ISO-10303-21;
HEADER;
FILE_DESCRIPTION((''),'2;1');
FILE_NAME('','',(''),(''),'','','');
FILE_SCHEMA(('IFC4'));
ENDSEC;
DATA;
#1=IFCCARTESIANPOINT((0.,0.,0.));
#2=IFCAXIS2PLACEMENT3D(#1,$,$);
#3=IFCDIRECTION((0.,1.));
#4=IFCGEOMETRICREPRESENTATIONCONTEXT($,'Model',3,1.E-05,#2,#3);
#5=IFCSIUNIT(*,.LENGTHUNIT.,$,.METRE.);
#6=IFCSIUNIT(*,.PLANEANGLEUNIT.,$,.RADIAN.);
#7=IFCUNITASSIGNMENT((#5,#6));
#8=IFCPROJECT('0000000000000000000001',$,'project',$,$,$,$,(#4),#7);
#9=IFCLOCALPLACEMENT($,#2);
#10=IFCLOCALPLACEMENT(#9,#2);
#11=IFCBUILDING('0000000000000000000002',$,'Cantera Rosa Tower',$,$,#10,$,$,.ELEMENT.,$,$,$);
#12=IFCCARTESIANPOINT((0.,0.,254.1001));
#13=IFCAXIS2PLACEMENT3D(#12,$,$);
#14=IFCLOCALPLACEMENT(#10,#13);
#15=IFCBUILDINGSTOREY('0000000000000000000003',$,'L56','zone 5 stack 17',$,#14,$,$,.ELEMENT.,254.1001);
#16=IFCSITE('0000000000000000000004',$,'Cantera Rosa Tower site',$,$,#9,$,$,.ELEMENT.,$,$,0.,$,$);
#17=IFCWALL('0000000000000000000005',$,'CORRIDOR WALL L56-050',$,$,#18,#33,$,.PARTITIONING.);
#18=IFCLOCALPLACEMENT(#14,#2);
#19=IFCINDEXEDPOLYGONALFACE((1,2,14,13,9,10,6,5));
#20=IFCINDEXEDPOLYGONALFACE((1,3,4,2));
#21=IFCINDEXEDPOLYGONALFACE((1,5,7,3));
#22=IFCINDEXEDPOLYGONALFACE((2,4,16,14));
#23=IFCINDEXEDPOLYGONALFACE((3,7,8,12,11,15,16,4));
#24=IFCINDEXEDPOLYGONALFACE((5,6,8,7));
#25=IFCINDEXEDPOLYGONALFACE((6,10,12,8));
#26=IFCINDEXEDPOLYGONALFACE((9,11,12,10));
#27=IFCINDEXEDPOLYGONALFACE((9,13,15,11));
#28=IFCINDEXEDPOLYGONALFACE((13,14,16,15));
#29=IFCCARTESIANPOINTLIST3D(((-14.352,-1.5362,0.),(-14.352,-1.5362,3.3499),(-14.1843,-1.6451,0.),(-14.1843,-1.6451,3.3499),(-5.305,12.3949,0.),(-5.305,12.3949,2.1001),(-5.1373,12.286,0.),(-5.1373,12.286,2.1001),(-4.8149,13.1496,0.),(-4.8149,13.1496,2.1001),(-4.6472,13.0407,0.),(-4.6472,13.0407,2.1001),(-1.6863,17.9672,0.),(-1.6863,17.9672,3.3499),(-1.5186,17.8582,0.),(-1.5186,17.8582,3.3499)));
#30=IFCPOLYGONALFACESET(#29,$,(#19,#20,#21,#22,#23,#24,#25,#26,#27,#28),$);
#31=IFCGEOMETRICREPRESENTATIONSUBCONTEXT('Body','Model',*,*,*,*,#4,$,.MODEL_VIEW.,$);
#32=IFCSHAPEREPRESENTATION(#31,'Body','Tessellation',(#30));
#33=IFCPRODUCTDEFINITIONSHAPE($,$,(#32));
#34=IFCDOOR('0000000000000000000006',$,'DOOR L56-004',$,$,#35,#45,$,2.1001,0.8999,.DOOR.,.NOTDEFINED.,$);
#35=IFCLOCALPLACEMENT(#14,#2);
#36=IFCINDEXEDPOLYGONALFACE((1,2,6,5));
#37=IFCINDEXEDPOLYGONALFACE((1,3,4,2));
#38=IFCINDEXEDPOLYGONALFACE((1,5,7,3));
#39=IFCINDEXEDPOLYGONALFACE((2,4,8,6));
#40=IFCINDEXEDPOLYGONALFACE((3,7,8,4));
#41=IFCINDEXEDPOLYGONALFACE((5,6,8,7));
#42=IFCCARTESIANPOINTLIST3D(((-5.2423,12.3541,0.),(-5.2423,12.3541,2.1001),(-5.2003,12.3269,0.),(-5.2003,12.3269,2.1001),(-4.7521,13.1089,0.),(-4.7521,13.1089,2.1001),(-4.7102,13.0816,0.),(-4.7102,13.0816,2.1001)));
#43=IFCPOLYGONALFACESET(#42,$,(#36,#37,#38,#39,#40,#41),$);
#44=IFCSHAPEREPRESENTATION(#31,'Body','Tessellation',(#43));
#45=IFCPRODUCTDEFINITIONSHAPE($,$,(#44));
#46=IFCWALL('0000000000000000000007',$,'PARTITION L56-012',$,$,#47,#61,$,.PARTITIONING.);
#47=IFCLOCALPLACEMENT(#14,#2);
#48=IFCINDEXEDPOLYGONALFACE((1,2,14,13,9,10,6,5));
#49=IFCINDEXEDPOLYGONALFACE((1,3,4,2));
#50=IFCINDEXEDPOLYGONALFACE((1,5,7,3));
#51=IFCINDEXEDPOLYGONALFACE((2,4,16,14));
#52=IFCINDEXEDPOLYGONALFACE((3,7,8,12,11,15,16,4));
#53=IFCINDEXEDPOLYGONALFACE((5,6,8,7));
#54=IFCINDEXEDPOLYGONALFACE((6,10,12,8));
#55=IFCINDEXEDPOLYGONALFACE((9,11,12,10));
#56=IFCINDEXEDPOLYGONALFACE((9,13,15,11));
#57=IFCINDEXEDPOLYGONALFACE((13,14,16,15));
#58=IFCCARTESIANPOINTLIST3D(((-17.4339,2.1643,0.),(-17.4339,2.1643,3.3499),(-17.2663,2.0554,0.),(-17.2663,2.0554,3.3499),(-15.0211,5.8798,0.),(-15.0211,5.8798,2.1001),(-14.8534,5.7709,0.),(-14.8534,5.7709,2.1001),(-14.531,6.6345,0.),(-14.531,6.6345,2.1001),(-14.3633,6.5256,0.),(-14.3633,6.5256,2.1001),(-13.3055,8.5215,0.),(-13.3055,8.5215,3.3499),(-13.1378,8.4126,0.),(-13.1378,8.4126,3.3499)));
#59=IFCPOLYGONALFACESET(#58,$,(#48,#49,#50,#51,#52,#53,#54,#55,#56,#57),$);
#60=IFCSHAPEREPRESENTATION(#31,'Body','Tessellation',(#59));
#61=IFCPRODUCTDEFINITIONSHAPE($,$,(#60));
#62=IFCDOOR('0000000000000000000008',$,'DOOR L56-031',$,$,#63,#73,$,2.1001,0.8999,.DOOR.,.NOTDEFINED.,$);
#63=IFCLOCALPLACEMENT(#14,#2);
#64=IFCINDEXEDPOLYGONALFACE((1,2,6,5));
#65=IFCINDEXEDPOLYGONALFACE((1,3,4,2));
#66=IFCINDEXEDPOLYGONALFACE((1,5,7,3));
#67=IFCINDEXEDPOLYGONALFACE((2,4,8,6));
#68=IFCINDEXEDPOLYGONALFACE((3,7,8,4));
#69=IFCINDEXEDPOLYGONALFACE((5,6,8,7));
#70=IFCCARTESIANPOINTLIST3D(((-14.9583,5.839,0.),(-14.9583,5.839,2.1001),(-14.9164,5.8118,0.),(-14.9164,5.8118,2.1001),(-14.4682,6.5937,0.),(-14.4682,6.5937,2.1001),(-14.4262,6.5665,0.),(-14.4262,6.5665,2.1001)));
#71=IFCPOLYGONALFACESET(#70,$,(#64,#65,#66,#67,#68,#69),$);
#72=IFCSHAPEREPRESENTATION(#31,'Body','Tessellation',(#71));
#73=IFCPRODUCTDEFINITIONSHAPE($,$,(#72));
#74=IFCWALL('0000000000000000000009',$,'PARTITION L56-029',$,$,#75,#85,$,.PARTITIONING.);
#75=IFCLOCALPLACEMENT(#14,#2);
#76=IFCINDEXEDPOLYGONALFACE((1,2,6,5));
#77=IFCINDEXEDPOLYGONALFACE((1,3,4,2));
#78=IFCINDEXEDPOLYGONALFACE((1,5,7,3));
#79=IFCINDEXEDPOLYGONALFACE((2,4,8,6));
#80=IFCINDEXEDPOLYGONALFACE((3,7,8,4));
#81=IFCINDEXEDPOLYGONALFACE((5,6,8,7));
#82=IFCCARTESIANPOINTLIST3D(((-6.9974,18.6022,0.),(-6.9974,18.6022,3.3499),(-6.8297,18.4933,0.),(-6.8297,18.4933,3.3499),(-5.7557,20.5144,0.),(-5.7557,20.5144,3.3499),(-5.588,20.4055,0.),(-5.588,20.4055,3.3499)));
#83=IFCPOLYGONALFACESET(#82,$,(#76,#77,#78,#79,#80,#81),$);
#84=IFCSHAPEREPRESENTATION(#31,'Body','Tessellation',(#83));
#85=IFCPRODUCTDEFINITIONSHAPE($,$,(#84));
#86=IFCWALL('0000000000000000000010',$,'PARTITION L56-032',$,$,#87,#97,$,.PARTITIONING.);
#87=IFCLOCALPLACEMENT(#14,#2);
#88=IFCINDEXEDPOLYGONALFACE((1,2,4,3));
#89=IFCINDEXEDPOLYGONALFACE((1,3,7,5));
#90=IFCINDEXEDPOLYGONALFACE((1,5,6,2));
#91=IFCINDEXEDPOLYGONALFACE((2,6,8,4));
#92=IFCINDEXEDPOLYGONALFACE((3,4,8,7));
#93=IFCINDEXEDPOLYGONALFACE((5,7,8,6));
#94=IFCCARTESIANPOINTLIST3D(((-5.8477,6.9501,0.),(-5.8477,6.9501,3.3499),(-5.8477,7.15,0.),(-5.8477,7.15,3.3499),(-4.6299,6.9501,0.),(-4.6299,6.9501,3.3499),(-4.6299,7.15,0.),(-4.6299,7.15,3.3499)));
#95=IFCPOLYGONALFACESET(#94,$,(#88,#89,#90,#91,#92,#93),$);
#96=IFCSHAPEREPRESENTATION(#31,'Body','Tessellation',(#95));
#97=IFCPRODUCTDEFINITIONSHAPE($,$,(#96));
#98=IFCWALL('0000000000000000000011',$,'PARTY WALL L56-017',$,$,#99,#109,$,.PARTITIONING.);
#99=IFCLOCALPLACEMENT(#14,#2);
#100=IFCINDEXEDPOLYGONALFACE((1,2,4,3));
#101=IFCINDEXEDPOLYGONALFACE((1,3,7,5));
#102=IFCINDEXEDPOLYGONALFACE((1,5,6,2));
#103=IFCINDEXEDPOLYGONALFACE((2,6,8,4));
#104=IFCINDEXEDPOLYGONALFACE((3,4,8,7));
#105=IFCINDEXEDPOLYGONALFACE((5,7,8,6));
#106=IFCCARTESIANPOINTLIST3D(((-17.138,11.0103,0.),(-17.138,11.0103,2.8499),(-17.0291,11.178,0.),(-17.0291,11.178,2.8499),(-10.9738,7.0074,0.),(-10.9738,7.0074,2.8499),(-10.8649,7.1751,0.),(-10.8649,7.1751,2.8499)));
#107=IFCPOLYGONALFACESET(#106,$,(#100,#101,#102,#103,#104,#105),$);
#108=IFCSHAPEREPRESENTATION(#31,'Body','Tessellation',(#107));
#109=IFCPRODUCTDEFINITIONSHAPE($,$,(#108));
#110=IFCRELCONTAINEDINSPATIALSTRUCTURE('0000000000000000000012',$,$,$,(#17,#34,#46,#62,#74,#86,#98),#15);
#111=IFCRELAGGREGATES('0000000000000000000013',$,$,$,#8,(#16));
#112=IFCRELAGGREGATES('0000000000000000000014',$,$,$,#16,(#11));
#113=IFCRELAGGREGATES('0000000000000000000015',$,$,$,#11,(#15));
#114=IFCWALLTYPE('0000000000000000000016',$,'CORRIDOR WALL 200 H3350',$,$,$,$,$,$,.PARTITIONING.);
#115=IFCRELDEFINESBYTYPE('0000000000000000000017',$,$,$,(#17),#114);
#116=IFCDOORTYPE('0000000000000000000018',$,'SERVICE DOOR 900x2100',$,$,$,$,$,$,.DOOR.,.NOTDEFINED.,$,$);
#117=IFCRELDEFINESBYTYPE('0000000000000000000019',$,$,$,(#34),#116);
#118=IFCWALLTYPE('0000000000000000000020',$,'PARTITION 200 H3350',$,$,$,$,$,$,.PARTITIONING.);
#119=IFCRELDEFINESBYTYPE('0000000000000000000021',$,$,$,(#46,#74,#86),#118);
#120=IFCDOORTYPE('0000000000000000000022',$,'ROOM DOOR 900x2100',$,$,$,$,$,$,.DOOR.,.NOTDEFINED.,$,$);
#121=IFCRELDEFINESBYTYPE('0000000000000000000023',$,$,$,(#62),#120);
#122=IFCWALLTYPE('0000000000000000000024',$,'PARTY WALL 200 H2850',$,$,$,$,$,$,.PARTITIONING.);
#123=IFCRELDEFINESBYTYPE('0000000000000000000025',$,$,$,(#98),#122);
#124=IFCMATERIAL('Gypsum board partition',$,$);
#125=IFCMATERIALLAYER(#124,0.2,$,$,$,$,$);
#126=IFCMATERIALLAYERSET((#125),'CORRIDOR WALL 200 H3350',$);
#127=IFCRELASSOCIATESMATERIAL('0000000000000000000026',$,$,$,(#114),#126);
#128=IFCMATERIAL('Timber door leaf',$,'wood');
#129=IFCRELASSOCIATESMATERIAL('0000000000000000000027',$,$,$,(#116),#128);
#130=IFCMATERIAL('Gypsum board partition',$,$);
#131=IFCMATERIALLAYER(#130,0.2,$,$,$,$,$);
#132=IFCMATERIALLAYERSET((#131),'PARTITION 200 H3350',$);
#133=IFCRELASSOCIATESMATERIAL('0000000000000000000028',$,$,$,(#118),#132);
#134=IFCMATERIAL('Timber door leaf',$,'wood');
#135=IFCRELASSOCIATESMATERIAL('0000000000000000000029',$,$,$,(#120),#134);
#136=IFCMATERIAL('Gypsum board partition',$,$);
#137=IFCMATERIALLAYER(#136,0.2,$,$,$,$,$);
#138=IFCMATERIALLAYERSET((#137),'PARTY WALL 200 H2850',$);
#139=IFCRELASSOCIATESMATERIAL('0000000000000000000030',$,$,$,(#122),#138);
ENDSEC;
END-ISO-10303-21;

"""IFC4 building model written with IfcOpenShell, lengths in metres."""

from ifc_helpers import new_model, si_unit, direction, frame, frame_2d, origin, place, context, subcontext, project, spatial, rectangle, extrude, material, layer, layer_set, type_object, element, fill, save


model = new_model("IFC4")

# Units and contexts
model_context = context("Model", 3, precision=1e-05, world=origin(), true_north=direction((0.0, 1.0)))
body_context = subcontext(model_context, "Body", "Model", "MODEL_VIEW")
ifc_project = project(units=[si_unit("LENGTHUNIT", "METRE"), si_unit("PLANEANGLEUNIT", "RADIAN")], contexts=[model_context])

# Site, building, storey
site_placement = place(None, origin())
site = spatial("IfcSite", under=ifc_project, at=site_placement, Name="Cantera Rosa Tower site", CompositionType="ELEMENT", RefElevation=0.0)
building_placement = place(site_placement, origin())
building = spatial("IfcBuilding", under=site, at=building_placement, Name="Cantera Rosa Tower", CompositionType="ELEMENT")
storey_placement = place(building_placement, frame((0.0, 0.0, 254.1001)))
storey = spatial("IfcBuildingStorey", under=building, at=storey_placement, Name="L56", Description="zone 5 stack 17", CompositionType="ELEMENT", Elevation=254.1001)

# Shared definitions
ifc_material_1 = material(Name="Gypsum board partition")
ifc_layer_1 = layer(ifc_material_1, 0.2)
ifc_layer_set_1 = layer_set([ifc_layer_1], Name="CORRIDOR WALL 200 H3350")
wall_type_1 = type_object("IfcWallType", Name="CORRIDOR WALL 200 H3350", PredefinedType="PARTITIONING", material=ifc_layer_set_1)

# Walls, openings, doors
wall_1_placement = place(storey_placement, frame((-1.6025, 17.9126, 0.0), z_axis=(0.0, 0.0, 1.0), x_axis=(-0.544642, -0.838669, 0.0)))
wall_1 = element("IfcWall", 1, at=wall_1_placement, inside=storey, type_object=wall_type_1, Name="CORRIDOR WALL L56-050", PredefinedType="PARTITIONING", context=body_context, shape_type="SweptSolid", body=[
    extrude(rectangle(XDim=23.2551, YDim=0.2, at=frame_2d((11.6274, 0.0))), origin(), (0.0, 0.0, 1.0), 3.3499),
])
opening_1_placement = place(wall_1_placement, frame((5.7441, 0.0, 0.0)))
opening_1 = element("IfcOpeningElement", 2, at=opening_1_placement, cuts=wall_1, PredefinedType="OPENING", context=body_context, shape_type="SweptSolid", body=[
    extrude(rectangle(XDim=0.8999, YDim=2.1001, at=frame_2d((0.45, 1.05))), frame((0.0, 0.1099, 0.0), z_axis=(0.0, -1.0, 0.0), x_axis=(1.0, 0.0, 0.0)), (0.0, 0.0, 1.0), 0.22),
])
ifc_material_2 = material(Name="Timber door leaf", Category="wood")
door_type_1 = type_object("IfcDoorType", Name="SERVICE DOOR 900x2100", OperationType="NOTDEFINED", PredefinedType="DOOR", material=ifc_material_2)
door_1_placement = place(opening_1_placement, origin())
door_1 = element("IfcDoor", 3, at=door_1_placement, inside=storey, type_object=door_type_1, Name="DOOR L56-004", OperationType="NOTDEFINED", OverallHeight=2.1001, OverallWidth=0.8999, PredefinedType="DOOR", context=body_context, shape_type="SweptSolid", body=[
    extrude(rectangle(XDim=0.8999, YDim=2.1001, at=frame_2d((0.45, 1.05))), frame((0.0, 0.0249, 0.0), z_axis=(0.0, -1.0, 0.0), x_axis=(1.0, 0.0, 0.0)), (0.0, 0.0, 1.0), 0.05),
])
fill(opening_1, door_1)
ifc_material_3 = material(Name="Gypsum board partition")
ifc_layer_2 = layer(ifc_material_3, 0.2)
ifc_layer_set_2 = layer_set([ifc_layer_2], Name="PARTITION 200 H3350")
wall_type_2 = type_object("IfcWallType", Name="PARTITION 200 H3350", PredefinedType="PARTITIONING", material=ifc_layer_set_2)
wall_2_placement = place(storey_placement, frame((-13.2217, 8.467, 0.0), z_axis=(0.0, 0.0, 1.0), x_axis=(-0.544641, -0.838669, 0.0)))
wall_2 = element("IfcWall", 4, at=wall_2_placement, inside=storey, type_object=wall_type_2, Name="PARTITION L56-012", PredefinedType="PARTITIONING", context=body_context, shape_type="SweptSolid", body=[
    extrude(rectangle(XDim=7.5801, YDim=0.2, at=frame_2d((3.79, 0.0))), origin(), (0.0, 0.0, 1.0), 3.3499),
])
opening_2_placement = place(wall_2_placement, frame((2.25, 0.0, 0.0)))
opening_2 = element("IfcOpeningElement", 5, at=opening_2_placement, cuts=wall_2, PredefinedType="OPENING", context=body_context, shape_type="SweptSolid", body=[
    extrude(rectangle(XDim=0.8999, YDim=2.1001, at=frame_2d((0.45, 1.05))), frame((0.0, 0.1099, 0.0), z_axis=(0.0, -1.0, 0.0), x_axis=(1.0, 0.0, 0.0)), (0.0, 0.0, 1.0), 0.22),
])
ifc_material_4 = material(Name="Timber door leaf", Category="wood")
door_type_2 = type_object("IfcDoorType", Name="ROOM DOOR 900x2100", OperationType="NOTDEFINED", PredefinedType="DOOR", material=ifc_material_4)
door_2_placement = place(opening_2_placement, origin())
door_2 = element("IfcDoor", 6, at=door_2_placement, inside=storey, type_object=door_type_2, Name="DOOR L56-031", OperationType="NOTDEFINED", OverallHeight=2.1001, OverallWidth=0.8999, PredefinedType="DOOR", context=body_context, shape_type="SweptSolid", body=[
    extrude(rectangle(XDim=0.8999, YDim=2.1001, at=frame_2d((0.45, 1.05))), frame((0.0, 0.0249, 0.0), z_axis=(0.0, -1.0, 0.0), x_axis=(1.0, 0.0, 0.0)), (0.0, 0.0, 1.0), 0.05),
])
fill(opening_2, door_2)

# Walls
wall_3_placement = place(storey_placement, frame((-6.9136, 18.5476, 0.0), z_axis=(0.0, 0.0, 1.0), x_axis=(0.544578, 0.83871, 0.0)))
element("IfcWall", 7, at=wall_3_placement, inside=storey, type_object=wall_type_2, Name="PARTITION L56-029", PredefinedType="PARTITIONING", context=body_context, shape_type="SweptSolid", body=[
    extrude(rectangle(XDim=2.28, YDim=0.2, at=frame_2d((1.1401, 0.0))), origin(), (0.0, 0.0, 1.0), 3.3499),
])
wall_4_placement = place(storey_placement, frame((-5.8477, 7.05, 0.0), z_axis=(0.0, 0.0, 1.0), x_axis=(1.0, 0.0, 0.0)))
element("IfcWall", 8, at=wall_4_placement, inside=storey, type_object=wall_type_2, Name="PARTITION L56-032", PredefinedType="PARTITIONING", context=body_context, shape_type="SweptSolid", body=[
    extrude(rectangle(XDim=1.2178, YDim=0.2, at=frame_2d((0.6089, 0.0))), origin(), (0.0, 0.0, 1.0), 3.3499),
])
ifc_material_5 = material(Name="Gypsum board partition")
ifc_layer_3 = layer(ifc_material_5, 0.2)
ifc_layer_set_3 = layer_set([ifc_layer_3], Name="PARTY WALL 200 H2850")
wall_type_3 = type_object("IfcWallType", Name="PARTY WALL 200 H2850", PredefinedType="PARTITIONING", material=ifc_layer_set_3)
wall_5_placement = place(storey_placement, frame((-10.9194, 7.0913, 0.0), z_axis=(0.0, 0.0, 1.0), x_axis=(-0.838684, 0.544618, 0.0)))
element("IfcWall", 9, at=wall_5_placement, inside=storey, type_object=wall_type_3, Name="PARTY WALL L56-017", PredefinedType="PARTITIONING", context=body_context, shape_type="SweptSolid", body=[
    extrude(rectangle(XDim=7.3499, YDim=0.2, at=frame_2d((3.6748, 0.0))), origin(), (0.0, 0.0, 1.0), 2.8499),
])

save(model, "model.ifc")
